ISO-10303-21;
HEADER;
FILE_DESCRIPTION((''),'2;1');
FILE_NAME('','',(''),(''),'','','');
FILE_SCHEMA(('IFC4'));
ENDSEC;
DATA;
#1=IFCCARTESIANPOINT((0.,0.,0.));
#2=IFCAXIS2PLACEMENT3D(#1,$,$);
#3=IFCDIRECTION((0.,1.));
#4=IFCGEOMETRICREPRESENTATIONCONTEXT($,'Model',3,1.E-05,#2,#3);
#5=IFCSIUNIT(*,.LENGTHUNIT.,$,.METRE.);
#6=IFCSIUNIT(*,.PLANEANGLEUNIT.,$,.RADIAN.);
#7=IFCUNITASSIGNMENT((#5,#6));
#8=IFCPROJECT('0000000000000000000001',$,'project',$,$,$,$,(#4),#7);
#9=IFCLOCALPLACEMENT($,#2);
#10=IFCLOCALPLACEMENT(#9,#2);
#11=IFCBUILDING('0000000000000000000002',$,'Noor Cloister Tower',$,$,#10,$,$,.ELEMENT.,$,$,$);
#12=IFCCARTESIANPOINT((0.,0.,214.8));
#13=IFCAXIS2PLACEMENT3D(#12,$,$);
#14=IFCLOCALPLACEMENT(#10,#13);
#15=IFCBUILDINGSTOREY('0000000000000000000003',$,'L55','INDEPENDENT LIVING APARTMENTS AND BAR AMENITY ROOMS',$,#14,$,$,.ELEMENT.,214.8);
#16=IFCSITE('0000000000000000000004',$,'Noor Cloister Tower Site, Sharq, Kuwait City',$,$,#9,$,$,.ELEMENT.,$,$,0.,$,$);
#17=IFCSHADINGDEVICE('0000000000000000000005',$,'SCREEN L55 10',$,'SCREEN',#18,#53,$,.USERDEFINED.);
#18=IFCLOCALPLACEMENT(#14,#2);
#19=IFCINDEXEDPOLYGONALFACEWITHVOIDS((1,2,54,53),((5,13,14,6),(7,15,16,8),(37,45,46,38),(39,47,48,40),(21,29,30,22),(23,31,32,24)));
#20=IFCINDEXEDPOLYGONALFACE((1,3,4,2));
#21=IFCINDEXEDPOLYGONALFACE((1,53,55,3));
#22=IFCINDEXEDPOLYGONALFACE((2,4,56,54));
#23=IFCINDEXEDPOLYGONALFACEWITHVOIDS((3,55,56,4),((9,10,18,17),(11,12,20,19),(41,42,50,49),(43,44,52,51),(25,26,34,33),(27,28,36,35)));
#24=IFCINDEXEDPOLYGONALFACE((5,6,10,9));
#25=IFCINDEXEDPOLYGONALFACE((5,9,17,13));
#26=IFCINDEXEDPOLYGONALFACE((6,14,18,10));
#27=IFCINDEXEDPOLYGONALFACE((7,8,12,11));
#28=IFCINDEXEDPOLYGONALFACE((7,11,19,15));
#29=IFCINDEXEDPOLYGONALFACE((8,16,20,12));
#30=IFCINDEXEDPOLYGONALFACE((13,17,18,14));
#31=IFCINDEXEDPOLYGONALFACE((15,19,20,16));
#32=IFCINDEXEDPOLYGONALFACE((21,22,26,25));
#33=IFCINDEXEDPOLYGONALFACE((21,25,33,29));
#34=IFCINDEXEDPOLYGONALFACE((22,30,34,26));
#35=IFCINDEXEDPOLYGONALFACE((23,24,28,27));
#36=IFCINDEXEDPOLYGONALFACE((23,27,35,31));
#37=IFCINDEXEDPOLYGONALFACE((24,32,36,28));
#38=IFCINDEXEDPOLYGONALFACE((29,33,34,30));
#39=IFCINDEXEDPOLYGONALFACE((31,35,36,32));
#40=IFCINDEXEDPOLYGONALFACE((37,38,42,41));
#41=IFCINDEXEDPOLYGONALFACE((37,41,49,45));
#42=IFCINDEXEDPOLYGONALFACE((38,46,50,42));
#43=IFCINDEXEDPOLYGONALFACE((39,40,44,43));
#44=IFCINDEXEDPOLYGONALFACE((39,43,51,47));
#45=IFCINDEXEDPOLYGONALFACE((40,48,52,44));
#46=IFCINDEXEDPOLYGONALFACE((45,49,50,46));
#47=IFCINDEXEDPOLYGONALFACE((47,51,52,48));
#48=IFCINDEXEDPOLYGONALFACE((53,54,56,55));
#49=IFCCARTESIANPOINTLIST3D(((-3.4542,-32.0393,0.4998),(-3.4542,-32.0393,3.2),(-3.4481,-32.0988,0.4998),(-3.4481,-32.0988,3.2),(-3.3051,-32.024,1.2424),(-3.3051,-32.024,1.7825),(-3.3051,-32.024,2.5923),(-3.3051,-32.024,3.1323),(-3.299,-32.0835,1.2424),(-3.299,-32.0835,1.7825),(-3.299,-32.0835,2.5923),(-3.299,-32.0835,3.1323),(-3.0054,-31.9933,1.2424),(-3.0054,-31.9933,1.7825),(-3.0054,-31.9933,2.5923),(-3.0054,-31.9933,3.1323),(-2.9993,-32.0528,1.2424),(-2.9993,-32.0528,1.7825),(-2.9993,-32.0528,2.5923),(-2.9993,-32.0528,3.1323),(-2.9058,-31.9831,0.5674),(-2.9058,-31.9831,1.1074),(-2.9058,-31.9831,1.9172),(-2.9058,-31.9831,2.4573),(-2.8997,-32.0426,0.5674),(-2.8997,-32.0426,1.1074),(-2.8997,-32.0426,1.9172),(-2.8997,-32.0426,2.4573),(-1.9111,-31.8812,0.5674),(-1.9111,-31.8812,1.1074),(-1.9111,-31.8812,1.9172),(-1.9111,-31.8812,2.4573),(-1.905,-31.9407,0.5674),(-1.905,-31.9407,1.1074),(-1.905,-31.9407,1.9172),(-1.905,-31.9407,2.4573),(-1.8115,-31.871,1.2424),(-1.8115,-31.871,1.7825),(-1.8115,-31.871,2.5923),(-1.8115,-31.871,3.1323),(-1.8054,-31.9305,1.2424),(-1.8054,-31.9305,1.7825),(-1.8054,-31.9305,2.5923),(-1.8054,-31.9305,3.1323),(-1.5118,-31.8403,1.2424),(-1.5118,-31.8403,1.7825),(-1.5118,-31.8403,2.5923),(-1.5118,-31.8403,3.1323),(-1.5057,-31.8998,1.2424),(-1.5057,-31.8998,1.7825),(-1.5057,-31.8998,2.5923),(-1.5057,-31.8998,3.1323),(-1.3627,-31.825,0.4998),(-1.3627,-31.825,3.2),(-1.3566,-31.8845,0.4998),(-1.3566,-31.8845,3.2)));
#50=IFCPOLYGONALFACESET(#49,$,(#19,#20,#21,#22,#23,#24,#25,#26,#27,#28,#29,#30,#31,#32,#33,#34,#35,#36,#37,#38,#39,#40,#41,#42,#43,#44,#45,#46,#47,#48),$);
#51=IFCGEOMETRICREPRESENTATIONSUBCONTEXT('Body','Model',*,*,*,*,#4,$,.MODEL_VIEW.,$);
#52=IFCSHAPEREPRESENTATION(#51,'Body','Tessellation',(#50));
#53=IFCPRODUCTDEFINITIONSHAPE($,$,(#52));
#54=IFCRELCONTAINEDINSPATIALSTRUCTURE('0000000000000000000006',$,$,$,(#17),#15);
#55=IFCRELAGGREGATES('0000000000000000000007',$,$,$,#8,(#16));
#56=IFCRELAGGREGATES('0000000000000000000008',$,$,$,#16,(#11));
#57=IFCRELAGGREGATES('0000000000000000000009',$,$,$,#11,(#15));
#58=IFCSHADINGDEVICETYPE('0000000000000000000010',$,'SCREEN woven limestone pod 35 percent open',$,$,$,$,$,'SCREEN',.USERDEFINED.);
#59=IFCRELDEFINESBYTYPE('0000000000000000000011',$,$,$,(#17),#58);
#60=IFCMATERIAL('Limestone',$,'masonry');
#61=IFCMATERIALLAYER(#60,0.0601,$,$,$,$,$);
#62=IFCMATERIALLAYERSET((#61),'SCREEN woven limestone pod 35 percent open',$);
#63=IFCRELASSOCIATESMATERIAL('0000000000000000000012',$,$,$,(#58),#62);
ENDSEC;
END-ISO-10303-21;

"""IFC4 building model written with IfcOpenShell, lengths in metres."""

from ifc_helpers import new_model, si_unit, direction, frame, origin, place, context, subcontext, project, spatial, polyline, outline, extrude, material, layer, layer_set, type_object, element, save


model = new_model("IFC4")

# Units and contexts
model_context = context("Model", 3, precision=1e-05, world=origin(), true_north=direction((0.0, 1.0)))
body_context = subcontext(model_context, "Body", "Model", "MODEL_VIEW")
ifc_project = project(units=[si_unit("LENGTHUNIT", "METRE"), si_unit("PLANEANGLEUNIT", "RADIAN")], contexts=[model_context])

# Site, building, storey
site_placement = place(None, origin())
site = spatial("IfcSite", under=ifc_project, at=site_placement, Name="Noor Cloister Tower Site, Sharq, Kuwait City", CompositionType="ELEMENT", RefElevation=0.0)
building_placement = place(site_placement, origin())
building = spatial("IfcBuilding", under=site, at=building_placement, Name="Noor Cloister Tower", CompositionType="ELEMENT")
storey_placement = place(building_placement, frame((0.0, 0.0, 214.8)))
storey = spatial("IfcBuildingStorey", under=building, at=storey_placement, Name="L55", Description="INDEPENDENT LIVING APARTMENTS AND BAR AMENITY ROOMS", CompositionType="ELEMENT", Elevation=214.8)

# Shading device
ifc_material_1 = material(Name="Limestone", Category="masonry")
ifc_layer_1 = layer(ifc_material_1, 0.0601)
ifc_layer_set_1 = layer_set([ifc_layer_1], Name="SCREEN woven limestone pod 35 percent open")
shading_device_type = type_object("IfcShadingDeviceType", Name="SCREEN woven limestone pod 35 percent open", ElementType="SCREEN", PredefinedType="USERDEFINED", material=ifc_layer_set_1)
shading_device_1_placement = place(storey_placement, frame((-2.4084, -31.9321, 1.8499), z_axis=(0.101925, -0.994792, 0.0), x_axis=(0.994792, 0.101925, 0.0)))
element("IfcShadingDevice", 1, at=shading_device_1_placement, inside=storey, type_object=shading_device_type, Name="SCREEN L55 10", ObjectType="SCREEN", PredefinedType="USERDEFINED", context=body_context, shape_type="SweptSolid", body=[
    extrude(outline(polyline([(-1.0513, -1.3501), (1.0513, -1.3501), (1.0513, 1.3501), (-1.0513, 1.3501), (-1.0513, -1.3501)]), holes=[polyline([(-0.5, -1.2825), (0.5, -1.2825), (0.5, -0.7424), (-0.5, -0.7424), (-0.5, -1.2825)]), polyline([(0.6001, -0.6074), (0.9014, -0.6074), (0.9014, -0.0674), (0.6001, -0.0674), (0.6001, -0.6074)]), polyline([(-0.9014, -0.6074), (-0.6001, -0.6074), (-0.6001, -0.0674), (-0.9014, -0.0674), (-0.9014, -0.6074)]), polyline([(-0.5, 0.0674), (0.5, 0.0674), (0.5, 0.6074), (-0.5, 0.6074), (-0.5, 0.0674)]), polyline([(0.6001, 0.7424), (0.9014, 0.7424), (0.9014, 1.2825), (0.6001, 1.2825), (0.6001, 0.7424)]), polyline([(-0.9014, 0.7424), (-0.6001, 0.7424), (-0.6001, 1.2825), (-0.9014, 1.2825), (-0.9014, 0.7424)])]), origin(), (0.0, 0.0, 1.0), 0.0598),
])

save(model, "model.ifc")
